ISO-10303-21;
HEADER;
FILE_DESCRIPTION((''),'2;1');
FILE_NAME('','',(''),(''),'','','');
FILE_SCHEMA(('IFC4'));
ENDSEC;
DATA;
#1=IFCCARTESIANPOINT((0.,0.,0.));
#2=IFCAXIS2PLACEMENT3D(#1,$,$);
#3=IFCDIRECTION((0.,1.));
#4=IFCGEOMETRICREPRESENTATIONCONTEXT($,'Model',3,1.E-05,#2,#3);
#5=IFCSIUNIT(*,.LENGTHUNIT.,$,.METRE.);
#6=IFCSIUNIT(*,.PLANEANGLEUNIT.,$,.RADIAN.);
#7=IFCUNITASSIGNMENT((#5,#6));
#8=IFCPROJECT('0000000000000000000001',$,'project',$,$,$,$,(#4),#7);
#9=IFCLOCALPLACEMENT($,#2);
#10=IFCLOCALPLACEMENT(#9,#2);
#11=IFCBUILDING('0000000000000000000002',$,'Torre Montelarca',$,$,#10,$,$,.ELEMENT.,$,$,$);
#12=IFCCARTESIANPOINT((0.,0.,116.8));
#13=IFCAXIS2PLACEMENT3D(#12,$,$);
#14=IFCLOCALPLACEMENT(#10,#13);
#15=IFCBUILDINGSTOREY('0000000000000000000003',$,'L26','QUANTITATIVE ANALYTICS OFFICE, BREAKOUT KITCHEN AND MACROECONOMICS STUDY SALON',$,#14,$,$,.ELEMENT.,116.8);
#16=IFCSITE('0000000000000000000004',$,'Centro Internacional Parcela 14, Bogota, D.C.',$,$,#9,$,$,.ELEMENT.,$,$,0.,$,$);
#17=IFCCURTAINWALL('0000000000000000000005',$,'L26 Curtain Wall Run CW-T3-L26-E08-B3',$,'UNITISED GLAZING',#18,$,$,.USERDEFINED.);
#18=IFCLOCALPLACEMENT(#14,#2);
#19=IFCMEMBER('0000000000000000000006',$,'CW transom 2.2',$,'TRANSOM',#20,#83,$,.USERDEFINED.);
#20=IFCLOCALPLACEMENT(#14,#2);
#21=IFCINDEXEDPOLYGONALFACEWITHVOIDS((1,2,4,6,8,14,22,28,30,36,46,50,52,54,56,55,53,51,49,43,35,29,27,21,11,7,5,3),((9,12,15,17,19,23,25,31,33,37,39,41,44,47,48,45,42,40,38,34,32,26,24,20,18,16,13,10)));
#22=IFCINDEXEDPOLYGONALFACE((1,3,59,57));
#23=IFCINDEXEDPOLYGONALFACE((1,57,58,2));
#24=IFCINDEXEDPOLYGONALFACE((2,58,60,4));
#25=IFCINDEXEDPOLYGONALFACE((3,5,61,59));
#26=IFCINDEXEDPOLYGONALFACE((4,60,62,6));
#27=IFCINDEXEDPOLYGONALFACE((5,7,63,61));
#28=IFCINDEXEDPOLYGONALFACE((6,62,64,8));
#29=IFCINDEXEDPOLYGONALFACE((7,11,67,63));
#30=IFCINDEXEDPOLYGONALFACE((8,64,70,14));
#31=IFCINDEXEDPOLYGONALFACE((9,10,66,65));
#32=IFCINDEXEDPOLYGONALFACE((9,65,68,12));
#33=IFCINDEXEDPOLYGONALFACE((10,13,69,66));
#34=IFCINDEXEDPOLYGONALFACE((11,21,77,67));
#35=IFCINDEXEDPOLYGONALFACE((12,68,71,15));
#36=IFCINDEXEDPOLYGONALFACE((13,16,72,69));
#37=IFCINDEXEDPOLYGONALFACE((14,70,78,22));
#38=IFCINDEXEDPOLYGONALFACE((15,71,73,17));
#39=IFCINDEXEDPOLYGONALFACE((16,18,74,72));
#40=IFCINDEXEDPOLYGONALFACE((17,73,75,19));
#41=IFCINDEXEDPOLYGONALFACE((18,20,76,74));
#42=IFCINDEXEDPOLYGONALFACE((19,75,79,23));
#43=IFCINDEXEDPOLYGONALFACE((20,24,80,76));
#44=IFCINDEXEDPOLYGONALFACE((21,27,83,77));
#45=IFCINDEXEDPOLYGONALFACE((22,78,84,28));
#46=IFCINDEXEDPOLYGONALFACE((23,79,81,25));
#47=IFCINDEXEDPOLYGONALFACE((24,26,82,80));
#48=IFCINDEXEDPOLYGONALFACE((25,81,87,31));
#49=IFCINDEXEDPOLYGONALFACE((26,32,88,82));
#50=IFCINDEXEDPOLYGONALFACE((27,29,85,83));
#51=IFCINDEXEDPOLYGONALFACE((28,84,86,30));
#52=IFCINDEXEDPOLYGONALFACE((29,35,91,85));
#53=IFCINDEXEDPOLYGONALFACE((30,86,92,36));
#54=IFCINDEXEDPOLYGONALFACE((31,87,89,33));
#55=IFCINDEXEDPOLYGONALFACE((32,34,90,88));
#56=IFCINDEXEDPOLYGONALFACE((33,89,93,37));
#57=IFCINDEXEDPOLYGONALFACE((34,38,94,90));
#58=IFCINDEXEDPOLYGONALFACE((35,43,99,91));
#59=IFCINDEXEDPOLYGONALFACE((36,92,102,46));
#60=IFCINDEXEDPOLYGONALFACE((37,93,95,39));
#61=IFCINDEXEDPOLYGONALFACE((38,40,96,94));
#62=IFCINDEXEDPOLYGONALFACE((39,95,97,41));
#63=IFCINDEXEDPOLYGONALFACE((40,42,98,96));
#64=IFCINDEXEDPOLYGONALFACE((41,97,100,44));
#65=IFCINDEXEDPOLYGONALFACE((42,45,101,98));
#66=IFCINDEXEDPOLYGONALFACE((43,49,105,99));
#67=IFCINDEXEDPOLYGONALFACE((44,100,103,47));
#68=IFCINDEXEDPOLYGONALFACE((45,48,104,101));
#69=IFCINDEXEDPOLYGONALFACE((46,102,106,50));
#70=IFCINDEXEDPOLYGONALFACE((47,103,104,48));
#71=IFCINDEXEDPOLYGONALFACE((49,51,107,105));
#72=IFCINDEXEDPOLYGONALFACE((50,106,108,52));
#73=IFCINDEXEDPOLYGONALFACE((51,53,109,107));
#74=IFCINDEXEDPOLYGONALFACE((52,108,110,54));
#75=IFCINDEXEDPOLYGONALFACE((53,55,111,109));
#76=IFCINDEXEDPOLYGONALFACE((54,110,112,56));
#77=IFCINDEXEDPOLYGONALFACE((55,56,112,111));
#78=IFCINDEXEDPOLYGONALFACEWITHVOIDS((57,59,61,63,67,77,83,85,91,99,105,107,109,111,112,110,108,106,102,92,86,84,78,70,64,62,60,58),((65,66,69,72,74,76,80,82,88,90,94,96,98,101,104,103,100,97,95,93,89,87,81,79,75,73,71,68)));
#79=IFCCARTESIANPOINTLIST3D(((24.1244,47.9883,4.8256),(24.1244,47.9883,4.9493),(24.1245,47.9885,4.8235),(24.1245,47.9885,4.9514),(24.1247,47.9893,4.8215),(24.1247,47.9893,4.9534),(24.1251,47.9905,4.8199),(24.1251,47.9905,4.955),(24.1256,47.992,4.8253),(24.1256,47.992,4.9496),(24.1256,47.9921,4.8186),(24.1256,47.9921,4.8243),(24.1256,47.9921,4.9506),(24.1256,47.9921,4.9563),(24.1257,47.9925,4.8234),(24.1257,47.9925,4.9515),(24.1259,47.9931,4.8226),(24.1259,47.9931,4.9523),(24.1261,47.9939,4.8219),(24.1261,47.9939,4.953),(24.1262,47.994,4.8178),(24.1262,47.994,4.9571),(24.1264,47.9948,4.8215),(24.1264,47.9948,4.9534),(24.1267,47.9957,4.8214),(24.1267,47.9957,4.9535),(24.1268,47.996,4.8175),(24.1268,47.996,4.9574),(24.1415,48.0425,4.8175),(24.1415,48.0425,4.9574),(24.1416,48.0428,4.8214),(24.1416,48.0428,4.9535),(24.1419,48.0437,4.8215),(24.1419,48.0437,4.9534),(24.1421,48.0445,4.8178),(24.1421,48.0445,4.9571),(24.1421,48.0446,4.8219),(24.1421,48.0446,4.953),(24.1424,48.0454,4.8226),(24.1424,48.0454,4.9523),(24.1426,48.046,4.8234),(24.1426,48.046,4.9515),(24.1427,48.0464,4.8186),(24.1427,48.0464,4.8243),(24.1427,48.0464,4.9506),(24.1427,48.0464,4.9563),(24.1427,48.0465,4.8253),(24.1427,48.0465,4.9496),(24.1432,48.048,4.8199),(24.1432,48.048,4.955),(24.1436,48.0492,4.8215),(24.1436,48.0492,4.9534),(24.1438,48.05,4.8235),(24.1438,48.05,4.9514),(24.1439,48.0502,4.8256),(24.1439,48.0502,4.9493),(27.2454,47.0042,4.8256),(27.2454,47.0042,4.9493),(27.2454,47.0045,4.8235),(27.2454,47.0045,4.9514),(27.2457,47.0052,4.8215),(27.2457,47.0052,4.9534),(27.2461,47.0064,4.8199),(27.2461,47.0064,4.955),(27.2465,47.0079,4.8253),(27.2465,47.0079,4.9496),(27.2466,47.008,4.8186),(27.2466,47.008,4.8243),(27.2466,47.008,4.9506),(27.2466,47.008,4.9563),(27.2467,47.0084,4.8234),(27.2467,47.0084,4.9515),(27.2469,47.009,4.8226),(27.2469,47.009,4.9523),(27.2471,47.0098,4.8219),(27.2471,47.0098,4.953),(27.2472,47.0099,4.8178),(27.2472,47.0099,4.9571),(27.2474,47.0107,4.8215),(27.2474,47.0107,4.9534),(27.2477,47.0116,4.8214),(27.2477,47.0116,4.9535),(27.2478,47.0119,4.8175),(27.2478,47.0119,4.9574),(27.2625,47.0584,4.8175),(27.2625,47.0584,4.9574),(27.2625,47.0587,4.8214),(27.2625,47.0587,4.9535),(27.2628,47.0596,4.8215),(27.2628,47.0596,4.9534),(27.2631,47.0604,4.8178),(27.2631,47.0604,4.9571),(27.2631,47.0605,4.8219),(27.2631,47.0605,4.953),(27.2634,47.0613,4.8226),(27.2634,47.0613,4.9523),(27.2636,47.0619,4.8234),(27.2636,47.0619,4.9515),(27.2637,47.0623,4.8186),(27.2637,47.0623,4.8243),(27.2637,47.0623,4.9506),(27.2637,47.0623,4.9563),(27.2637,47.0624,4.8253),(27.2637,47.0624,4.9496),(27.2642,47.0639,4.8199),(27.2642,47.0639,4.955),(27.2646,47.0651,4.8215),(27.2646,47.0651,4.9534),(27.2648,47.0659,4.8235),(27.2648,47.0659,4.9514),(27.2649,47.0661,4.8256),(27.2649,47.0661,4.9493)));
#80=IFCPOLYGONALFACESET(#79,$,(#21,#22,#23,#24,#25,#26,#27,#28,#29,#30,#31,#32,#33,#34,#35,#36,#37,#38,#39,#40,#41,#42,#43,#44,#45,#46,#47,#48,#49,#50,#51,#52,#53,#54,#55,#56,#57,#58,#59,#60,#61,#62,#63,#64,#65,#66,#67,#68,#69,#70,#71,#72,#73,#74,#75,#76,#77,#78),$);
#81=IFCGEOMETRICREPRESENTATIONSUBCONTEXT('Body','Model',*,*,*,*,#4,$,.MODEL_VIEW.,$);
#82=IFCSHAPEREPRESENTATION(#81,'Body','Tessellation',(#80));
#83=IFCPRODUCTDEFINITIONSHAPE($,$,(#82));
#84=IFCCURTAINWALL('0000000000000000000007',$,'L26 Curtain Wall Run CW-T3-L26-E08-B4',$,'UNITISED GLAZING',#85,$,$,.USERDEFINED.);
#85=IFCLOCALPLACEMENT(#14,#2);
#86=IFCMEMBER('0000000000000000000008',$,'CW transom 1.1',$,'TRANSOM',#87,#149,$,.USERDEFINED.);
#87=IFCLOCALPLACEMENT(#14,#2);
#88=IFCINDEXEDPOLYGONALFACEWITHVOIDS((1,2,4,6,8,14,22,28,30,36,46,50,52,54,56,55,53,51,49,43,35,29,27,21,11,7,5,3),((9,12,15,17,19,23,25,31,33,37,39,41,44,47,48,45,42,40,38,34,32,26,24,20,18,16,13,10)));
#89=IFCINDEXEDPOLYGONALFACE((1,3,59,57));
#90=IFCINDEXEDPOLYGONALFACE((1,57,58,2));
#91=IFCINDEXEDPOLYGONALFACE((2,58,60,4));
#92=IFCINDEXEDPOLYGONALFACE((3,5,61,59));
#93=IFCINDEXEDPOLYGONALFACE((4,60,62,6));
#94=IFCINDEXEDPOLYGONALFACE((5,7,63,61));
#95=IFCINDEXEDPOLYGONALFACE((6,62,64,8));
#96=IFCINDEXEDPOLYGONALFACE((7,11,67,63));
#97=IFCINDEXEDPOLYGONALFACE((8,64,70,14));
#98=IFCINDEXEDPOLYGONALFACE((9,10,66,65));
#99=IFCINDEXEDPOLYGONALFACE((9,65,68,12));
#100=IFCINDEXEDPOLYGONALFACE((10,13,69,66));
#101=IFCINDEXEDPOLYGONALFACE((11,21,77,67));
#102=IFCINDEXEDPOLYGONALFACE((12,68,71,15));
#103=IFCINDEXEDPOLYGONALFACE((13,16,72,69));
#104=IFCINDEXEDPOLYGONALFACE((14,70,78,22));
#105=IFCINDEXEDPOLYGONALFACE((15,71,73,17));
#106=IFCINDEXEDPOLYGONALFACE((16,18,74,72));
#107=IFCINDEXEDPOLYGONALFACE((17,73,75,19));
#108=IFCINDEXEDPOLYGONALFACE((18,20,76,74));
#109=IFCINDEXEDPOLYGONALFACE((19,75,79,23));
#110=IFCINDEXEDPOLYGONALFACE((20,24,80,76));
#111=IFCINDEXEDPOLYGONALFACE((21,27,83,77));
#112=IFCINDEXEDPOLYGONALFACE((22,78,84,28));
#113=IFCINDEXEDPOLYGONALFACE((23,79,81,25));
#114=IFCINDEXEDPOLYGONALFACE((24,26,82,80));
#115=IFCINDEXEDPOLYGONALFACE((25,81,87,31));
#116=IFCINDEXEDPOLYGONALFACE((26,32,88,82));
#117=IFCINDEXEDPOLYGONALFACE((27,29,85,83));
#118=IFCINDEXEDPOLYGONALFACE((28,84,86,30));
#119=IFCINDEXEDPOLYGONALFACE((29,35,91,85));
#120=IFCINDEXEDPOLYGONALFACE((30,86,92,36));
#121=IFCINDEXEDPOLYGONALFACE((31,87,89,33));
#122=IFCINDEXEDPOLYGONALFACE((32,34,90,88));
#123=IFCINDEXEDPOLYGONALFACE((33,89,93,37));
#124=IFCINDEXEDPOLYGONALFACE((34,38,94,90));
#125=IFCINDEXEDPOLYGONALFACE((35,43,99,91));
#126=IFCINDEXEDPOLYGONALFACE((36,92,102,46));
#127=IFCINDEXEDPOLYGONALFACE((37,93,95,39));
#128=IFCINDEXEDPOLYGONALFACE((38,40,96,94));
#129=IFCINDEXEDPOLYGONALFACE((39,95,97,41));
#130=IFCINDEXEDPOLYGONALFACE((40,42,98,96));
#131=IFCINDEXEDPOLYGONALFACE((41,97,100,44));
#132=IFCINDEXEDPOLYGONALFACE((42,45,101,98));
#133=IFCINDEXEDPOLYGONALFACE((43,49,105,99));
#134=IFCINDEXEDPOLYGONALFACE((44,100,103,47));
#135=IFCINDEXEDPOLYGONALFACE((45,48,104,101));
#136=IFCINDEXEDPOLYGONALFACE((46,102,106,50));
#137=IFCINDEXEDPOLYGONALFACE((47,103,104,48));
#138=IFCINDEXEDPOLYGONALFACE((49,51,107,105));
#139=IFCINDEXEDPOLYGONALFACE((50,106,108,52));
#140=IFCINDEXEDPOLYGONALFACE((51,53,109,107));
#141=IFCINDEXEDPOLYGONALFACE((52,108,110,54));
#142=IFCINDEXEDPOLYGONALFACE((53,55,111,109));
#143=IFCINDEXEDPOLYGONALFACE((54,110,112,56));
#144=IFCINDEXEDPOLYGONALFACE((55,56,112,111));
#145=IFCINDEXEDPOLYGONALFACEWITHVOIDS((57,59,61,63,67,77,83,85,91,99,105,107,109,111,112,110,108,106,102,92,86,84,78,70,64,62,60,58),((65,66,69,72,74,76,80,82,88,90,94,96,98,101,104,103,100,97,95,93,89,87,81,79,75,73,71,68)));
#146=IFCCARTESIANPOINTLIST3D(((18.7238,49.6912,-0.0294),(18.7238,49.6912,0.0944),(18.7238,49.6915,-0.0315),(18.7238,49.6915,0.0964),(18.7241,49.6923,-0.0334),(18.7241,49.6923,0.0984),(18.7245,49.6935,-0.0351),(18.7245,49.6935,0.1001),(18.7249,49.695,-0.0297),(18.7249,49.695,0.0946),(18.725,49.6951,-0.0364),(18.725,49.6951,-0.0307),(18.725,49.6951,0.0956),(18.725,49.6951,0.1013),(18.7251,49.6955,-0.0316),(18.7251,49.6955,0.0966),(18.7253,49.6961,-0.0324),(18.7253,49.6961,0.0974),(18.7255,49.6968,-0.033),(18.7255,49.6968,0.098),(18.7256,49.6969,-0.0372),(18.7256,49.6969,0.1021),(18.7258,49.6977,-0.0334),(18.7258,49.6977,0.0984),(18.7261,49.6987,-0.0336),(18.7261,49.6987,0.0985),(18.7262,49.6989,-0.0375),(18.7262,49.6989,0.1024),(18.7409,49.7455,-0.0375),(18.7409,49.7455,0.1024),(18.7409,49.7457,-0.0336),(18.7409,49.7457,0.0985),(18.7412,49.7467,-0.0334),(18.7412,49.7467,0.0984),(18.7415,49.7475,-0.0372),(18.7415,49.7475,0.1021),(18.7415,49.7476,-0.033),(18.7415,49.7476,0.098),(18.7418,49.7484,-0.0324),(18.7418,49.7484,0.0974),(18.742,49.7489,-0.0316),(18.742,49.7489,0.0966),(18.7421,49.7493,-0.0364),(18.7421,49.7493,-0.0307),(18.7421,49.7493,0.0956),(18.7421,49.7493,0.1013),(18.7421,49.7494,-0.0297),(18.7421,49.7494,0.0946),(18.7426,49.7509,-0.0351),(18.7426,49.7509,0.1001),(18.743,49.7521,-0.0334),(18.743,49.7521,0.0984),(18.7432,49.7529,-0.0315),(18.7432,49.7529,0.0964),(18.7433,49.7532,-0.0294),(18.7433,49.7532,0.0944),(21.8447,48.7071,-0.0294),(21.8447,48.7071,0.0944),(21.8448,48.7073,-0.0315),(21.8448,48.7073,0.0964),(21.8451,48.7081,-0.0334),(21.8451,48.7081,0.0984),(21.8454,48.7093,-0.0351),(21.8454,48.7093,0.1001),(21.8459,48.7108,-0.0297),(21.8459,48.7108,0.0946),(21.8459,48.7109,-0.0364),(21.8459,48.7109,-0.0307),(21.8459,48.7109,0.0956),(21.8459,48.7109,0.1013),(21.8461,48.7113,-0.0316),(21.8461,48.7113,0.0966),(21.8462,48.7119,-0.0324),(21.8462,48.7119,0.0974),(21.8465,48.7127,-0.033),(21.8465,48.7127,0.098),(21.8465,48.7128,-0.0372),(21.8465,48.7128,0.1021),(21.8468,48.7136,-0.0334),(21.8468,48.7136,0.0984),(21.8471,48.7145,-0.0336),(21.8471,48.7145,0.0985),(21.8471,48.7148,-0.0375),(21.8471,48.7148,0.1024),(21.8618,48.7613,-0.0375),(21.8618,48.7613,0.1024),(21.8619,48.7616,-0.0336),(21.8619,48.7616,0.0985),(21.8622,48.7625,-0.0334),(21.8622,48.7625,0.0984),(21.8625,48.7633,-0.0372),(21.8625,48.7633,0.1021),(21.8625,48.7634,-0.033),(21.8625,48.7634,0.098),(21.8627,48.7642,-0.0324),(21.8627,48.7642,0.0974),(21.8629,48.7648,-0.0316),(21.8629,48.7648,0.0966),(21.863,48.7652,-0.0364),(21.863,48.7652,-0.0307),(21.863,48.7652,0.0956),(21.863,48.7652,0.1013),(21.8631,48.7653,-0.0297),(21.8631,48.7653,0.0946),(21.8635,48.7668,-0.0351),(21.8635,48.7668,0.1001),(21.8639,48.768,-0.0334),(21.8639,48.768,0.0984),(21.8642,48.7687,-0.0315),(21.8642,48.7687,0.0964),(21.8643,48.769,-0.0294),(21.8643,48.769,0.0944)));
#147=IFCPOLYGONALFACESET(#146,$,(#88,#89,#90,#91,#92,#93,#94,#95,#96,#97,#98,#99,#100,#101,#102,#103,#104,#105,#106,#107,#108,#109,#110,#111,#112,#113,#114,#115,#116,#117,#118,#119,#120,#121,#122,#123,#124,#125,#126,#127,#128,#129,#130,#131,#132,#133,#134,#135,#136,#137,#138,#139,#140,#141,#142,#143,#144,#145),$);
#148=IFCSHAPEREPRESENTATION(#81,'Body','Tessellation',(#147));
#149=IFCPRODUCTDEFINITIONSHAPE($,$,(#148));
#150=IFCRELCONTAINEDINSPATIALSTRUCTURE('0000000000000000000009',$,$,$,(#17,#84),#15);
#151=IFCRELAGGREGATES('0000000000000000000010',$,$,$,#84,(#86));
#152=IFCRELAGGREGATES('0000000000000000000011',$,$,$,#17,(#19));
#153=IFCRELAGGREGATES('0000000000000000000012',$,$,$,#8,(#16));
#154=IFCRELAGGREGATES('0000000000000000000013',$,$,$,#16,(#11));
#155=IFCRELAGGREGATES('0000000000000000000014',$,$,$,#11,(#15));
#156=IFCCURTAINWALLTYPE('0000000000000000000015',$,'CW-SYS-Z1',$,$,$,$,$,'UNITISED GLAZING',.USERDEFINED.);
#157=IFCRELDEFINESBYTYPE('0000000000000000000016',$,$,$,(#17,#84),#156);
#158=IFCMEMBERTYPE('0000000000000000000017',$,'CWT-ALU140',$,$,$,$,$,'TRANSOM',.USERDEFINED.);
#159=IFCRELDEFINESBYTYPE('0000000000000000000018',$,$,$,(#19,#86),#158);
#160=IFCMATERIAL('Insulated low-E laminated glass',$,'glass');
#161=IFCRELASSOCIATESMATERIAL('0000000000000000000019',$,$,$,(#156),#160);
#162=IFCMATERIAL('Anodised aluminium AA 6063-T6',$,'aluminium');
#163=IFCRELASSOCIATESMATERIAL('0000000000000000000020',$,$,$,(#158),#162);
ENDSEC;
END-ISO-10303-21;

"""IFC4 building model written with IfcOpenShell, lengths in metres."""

from ifc_helpers import new_model, si_unit, direction, frame, origin, origin_2d, place, context, subcontext, project, spatial, hollow_rectangle, extrude, source, transform, mapped, material, material_profile, profile_set, type_object, element, aggregate, save


model = new_model("IFC4")

# Units and contexts
model_context = context("Model", 3, precision=1e-05, world=origin(), true_north=direction((0.0, 1.0)))
body_context = subcontext(model_context, "Body", "Model", "MODEL_VIEW")
ifc_project = project(units=[si_unit("LENGTHUNIT", "METRE"), si_unit("PLANEANGLEUNIT", "RADIAN")], contexts=[model_context])

# Site, building, storey
site_placement = place(None, origin())
site = spatial("IfcSite", under=ifc_project, at=site_placement, Name="Centro Internacional Parcela 14, Bogota, D.C.", CompositionType="ELEMENT", RefElevation=0.0)
building_placement = place(site_placement, origin())
building = spatial("IfcBuilding", under=site, at=building_placement, Name="Torre Montelarca", CompositionType="ELEMENT")
storey_placement = place(building_placement, frame((0.0, 0.0, 116.8)))
storey = spatial("IfcBuildingStorey", under=building, at=storey_placement, Name="L26", Description="QUANTITATIVE ANALYTICS OFFICE, BREAKOUT KITCHEN AND MACROECONOMICS STUDY SALON", CompositionType="ELEMENT", Elevation=116.8)

# Curtain walls, members
ifc_material_1 = material(Name="Insulated low-E laminated glass", Category="glass")
curtain_wall_type = type_object("IfcCurtainWallType", Name="CW-SYS-Z1", ElementType="UNITISED GLAZING", PredefinedType="USERDEFINED", material=ifc_material_1)
curtain_wall_1_placement = place(storey_placement, origin())
curtain_wall_1 = element("IfcCurtainWall", 1, at=curtain_wall_1_placement, inside=storey, type_object=curtain_wall_type, Name="L26 Curtain Wall Run CW-T3-L26-E08-B3", ObjectType="UNITISED GLAZING", PredefinedType="USERDEFINED")
ifc_material_2 = material(Name="Anodised aluminium AA 6063-T6", Category="aluminium")
ifc_material_profile_1 = material_profile(ifc_material_2, hollow_rectangle(XDim=0.0649, YDim=0.1399, WallThickness=0.0039, InnerFilletRadius=0.0039, OuterFilletRadius=0.0081, at=origin_2d()), Name="ALU65X140X4", Category="aluminium")
ifc_profile_set_1 = profile_set([ifc_material_profile_1], Name="Anodised aluminium AA 6063-T6")
member_type_1 = type_object("IfcMemberType", Name="CWT-ALU140", ElementType="TRANSOM", PredefinedType="USERDEFINED", material=ifc_profile_set_1)
shared_shape_1 = source(origin(), body_context, "Body", "SweptSolid", [
    extrude(hollow_rectangle(XDim=0.0649, YDim=0.1399, WallThickness=0.0039, InnerFilletRadius=0.0039, OuterFilletRadius=0.0081, at=origin_2d()), origin(), (0.0, 0.0, 1.0), 3.2725),
])
member_1_placement = place(storey_placement, frame((27.2551, 47.0352, 4.8875), z_axis=(-0.953712, 0.300721, 0.0), x_axis=(-0.300721, -0.953712, 0.0)))
member_1 = element("IfcMember", 2, at=member_1_placement, type_object=member_type_1, Name="CW transom 2.2", ObjectType="TRANSOM", PredefinedType="USERDEFINED", context=body_context, shape_type="MappedRepresentation", body=[
    mapped(shared_shape_1, transform((0.0, 0.0, 0.0), scale=1.0)),
])
curtain_wall_2_placement = place(storey_placement, origin())
curtain_wall_2 = element("IfcCurtainWall", 3, at=curtain_wall_2_placement, inside=storey, type_object=curtain_wall_type, Name="L26 Curtain Wall Run CW-T3-L26-E08-B4", ObjectType="UNITISED GLAZING", PredefinedType="USERDEFINED")
member_2_placement = place(storey_placement, frame((21.8545, 48.738, 0.0325), z_axis=(-0.953705, 0.300742, 0.0), x_axis=(-0.300742, -0.953705, 0.0)))
member_2 = element("IfcMember", 4, at=member_2_placement, type_object=member_type_1, Name="CW transom 1.1", ObjectType="TRANSOM", PredefinedType="USERDEFINED", context=body_context, shape_type="MappedRepresentation", body=[
    mapped(shared_shape_1, transform((0.0, 0.0, 0.0), scale=1.0)),
])

aggregate(curtain_wall_2, [member_2])

aggregate(curtain_wall_1, [member_1])

save(model, "model.ifc")
